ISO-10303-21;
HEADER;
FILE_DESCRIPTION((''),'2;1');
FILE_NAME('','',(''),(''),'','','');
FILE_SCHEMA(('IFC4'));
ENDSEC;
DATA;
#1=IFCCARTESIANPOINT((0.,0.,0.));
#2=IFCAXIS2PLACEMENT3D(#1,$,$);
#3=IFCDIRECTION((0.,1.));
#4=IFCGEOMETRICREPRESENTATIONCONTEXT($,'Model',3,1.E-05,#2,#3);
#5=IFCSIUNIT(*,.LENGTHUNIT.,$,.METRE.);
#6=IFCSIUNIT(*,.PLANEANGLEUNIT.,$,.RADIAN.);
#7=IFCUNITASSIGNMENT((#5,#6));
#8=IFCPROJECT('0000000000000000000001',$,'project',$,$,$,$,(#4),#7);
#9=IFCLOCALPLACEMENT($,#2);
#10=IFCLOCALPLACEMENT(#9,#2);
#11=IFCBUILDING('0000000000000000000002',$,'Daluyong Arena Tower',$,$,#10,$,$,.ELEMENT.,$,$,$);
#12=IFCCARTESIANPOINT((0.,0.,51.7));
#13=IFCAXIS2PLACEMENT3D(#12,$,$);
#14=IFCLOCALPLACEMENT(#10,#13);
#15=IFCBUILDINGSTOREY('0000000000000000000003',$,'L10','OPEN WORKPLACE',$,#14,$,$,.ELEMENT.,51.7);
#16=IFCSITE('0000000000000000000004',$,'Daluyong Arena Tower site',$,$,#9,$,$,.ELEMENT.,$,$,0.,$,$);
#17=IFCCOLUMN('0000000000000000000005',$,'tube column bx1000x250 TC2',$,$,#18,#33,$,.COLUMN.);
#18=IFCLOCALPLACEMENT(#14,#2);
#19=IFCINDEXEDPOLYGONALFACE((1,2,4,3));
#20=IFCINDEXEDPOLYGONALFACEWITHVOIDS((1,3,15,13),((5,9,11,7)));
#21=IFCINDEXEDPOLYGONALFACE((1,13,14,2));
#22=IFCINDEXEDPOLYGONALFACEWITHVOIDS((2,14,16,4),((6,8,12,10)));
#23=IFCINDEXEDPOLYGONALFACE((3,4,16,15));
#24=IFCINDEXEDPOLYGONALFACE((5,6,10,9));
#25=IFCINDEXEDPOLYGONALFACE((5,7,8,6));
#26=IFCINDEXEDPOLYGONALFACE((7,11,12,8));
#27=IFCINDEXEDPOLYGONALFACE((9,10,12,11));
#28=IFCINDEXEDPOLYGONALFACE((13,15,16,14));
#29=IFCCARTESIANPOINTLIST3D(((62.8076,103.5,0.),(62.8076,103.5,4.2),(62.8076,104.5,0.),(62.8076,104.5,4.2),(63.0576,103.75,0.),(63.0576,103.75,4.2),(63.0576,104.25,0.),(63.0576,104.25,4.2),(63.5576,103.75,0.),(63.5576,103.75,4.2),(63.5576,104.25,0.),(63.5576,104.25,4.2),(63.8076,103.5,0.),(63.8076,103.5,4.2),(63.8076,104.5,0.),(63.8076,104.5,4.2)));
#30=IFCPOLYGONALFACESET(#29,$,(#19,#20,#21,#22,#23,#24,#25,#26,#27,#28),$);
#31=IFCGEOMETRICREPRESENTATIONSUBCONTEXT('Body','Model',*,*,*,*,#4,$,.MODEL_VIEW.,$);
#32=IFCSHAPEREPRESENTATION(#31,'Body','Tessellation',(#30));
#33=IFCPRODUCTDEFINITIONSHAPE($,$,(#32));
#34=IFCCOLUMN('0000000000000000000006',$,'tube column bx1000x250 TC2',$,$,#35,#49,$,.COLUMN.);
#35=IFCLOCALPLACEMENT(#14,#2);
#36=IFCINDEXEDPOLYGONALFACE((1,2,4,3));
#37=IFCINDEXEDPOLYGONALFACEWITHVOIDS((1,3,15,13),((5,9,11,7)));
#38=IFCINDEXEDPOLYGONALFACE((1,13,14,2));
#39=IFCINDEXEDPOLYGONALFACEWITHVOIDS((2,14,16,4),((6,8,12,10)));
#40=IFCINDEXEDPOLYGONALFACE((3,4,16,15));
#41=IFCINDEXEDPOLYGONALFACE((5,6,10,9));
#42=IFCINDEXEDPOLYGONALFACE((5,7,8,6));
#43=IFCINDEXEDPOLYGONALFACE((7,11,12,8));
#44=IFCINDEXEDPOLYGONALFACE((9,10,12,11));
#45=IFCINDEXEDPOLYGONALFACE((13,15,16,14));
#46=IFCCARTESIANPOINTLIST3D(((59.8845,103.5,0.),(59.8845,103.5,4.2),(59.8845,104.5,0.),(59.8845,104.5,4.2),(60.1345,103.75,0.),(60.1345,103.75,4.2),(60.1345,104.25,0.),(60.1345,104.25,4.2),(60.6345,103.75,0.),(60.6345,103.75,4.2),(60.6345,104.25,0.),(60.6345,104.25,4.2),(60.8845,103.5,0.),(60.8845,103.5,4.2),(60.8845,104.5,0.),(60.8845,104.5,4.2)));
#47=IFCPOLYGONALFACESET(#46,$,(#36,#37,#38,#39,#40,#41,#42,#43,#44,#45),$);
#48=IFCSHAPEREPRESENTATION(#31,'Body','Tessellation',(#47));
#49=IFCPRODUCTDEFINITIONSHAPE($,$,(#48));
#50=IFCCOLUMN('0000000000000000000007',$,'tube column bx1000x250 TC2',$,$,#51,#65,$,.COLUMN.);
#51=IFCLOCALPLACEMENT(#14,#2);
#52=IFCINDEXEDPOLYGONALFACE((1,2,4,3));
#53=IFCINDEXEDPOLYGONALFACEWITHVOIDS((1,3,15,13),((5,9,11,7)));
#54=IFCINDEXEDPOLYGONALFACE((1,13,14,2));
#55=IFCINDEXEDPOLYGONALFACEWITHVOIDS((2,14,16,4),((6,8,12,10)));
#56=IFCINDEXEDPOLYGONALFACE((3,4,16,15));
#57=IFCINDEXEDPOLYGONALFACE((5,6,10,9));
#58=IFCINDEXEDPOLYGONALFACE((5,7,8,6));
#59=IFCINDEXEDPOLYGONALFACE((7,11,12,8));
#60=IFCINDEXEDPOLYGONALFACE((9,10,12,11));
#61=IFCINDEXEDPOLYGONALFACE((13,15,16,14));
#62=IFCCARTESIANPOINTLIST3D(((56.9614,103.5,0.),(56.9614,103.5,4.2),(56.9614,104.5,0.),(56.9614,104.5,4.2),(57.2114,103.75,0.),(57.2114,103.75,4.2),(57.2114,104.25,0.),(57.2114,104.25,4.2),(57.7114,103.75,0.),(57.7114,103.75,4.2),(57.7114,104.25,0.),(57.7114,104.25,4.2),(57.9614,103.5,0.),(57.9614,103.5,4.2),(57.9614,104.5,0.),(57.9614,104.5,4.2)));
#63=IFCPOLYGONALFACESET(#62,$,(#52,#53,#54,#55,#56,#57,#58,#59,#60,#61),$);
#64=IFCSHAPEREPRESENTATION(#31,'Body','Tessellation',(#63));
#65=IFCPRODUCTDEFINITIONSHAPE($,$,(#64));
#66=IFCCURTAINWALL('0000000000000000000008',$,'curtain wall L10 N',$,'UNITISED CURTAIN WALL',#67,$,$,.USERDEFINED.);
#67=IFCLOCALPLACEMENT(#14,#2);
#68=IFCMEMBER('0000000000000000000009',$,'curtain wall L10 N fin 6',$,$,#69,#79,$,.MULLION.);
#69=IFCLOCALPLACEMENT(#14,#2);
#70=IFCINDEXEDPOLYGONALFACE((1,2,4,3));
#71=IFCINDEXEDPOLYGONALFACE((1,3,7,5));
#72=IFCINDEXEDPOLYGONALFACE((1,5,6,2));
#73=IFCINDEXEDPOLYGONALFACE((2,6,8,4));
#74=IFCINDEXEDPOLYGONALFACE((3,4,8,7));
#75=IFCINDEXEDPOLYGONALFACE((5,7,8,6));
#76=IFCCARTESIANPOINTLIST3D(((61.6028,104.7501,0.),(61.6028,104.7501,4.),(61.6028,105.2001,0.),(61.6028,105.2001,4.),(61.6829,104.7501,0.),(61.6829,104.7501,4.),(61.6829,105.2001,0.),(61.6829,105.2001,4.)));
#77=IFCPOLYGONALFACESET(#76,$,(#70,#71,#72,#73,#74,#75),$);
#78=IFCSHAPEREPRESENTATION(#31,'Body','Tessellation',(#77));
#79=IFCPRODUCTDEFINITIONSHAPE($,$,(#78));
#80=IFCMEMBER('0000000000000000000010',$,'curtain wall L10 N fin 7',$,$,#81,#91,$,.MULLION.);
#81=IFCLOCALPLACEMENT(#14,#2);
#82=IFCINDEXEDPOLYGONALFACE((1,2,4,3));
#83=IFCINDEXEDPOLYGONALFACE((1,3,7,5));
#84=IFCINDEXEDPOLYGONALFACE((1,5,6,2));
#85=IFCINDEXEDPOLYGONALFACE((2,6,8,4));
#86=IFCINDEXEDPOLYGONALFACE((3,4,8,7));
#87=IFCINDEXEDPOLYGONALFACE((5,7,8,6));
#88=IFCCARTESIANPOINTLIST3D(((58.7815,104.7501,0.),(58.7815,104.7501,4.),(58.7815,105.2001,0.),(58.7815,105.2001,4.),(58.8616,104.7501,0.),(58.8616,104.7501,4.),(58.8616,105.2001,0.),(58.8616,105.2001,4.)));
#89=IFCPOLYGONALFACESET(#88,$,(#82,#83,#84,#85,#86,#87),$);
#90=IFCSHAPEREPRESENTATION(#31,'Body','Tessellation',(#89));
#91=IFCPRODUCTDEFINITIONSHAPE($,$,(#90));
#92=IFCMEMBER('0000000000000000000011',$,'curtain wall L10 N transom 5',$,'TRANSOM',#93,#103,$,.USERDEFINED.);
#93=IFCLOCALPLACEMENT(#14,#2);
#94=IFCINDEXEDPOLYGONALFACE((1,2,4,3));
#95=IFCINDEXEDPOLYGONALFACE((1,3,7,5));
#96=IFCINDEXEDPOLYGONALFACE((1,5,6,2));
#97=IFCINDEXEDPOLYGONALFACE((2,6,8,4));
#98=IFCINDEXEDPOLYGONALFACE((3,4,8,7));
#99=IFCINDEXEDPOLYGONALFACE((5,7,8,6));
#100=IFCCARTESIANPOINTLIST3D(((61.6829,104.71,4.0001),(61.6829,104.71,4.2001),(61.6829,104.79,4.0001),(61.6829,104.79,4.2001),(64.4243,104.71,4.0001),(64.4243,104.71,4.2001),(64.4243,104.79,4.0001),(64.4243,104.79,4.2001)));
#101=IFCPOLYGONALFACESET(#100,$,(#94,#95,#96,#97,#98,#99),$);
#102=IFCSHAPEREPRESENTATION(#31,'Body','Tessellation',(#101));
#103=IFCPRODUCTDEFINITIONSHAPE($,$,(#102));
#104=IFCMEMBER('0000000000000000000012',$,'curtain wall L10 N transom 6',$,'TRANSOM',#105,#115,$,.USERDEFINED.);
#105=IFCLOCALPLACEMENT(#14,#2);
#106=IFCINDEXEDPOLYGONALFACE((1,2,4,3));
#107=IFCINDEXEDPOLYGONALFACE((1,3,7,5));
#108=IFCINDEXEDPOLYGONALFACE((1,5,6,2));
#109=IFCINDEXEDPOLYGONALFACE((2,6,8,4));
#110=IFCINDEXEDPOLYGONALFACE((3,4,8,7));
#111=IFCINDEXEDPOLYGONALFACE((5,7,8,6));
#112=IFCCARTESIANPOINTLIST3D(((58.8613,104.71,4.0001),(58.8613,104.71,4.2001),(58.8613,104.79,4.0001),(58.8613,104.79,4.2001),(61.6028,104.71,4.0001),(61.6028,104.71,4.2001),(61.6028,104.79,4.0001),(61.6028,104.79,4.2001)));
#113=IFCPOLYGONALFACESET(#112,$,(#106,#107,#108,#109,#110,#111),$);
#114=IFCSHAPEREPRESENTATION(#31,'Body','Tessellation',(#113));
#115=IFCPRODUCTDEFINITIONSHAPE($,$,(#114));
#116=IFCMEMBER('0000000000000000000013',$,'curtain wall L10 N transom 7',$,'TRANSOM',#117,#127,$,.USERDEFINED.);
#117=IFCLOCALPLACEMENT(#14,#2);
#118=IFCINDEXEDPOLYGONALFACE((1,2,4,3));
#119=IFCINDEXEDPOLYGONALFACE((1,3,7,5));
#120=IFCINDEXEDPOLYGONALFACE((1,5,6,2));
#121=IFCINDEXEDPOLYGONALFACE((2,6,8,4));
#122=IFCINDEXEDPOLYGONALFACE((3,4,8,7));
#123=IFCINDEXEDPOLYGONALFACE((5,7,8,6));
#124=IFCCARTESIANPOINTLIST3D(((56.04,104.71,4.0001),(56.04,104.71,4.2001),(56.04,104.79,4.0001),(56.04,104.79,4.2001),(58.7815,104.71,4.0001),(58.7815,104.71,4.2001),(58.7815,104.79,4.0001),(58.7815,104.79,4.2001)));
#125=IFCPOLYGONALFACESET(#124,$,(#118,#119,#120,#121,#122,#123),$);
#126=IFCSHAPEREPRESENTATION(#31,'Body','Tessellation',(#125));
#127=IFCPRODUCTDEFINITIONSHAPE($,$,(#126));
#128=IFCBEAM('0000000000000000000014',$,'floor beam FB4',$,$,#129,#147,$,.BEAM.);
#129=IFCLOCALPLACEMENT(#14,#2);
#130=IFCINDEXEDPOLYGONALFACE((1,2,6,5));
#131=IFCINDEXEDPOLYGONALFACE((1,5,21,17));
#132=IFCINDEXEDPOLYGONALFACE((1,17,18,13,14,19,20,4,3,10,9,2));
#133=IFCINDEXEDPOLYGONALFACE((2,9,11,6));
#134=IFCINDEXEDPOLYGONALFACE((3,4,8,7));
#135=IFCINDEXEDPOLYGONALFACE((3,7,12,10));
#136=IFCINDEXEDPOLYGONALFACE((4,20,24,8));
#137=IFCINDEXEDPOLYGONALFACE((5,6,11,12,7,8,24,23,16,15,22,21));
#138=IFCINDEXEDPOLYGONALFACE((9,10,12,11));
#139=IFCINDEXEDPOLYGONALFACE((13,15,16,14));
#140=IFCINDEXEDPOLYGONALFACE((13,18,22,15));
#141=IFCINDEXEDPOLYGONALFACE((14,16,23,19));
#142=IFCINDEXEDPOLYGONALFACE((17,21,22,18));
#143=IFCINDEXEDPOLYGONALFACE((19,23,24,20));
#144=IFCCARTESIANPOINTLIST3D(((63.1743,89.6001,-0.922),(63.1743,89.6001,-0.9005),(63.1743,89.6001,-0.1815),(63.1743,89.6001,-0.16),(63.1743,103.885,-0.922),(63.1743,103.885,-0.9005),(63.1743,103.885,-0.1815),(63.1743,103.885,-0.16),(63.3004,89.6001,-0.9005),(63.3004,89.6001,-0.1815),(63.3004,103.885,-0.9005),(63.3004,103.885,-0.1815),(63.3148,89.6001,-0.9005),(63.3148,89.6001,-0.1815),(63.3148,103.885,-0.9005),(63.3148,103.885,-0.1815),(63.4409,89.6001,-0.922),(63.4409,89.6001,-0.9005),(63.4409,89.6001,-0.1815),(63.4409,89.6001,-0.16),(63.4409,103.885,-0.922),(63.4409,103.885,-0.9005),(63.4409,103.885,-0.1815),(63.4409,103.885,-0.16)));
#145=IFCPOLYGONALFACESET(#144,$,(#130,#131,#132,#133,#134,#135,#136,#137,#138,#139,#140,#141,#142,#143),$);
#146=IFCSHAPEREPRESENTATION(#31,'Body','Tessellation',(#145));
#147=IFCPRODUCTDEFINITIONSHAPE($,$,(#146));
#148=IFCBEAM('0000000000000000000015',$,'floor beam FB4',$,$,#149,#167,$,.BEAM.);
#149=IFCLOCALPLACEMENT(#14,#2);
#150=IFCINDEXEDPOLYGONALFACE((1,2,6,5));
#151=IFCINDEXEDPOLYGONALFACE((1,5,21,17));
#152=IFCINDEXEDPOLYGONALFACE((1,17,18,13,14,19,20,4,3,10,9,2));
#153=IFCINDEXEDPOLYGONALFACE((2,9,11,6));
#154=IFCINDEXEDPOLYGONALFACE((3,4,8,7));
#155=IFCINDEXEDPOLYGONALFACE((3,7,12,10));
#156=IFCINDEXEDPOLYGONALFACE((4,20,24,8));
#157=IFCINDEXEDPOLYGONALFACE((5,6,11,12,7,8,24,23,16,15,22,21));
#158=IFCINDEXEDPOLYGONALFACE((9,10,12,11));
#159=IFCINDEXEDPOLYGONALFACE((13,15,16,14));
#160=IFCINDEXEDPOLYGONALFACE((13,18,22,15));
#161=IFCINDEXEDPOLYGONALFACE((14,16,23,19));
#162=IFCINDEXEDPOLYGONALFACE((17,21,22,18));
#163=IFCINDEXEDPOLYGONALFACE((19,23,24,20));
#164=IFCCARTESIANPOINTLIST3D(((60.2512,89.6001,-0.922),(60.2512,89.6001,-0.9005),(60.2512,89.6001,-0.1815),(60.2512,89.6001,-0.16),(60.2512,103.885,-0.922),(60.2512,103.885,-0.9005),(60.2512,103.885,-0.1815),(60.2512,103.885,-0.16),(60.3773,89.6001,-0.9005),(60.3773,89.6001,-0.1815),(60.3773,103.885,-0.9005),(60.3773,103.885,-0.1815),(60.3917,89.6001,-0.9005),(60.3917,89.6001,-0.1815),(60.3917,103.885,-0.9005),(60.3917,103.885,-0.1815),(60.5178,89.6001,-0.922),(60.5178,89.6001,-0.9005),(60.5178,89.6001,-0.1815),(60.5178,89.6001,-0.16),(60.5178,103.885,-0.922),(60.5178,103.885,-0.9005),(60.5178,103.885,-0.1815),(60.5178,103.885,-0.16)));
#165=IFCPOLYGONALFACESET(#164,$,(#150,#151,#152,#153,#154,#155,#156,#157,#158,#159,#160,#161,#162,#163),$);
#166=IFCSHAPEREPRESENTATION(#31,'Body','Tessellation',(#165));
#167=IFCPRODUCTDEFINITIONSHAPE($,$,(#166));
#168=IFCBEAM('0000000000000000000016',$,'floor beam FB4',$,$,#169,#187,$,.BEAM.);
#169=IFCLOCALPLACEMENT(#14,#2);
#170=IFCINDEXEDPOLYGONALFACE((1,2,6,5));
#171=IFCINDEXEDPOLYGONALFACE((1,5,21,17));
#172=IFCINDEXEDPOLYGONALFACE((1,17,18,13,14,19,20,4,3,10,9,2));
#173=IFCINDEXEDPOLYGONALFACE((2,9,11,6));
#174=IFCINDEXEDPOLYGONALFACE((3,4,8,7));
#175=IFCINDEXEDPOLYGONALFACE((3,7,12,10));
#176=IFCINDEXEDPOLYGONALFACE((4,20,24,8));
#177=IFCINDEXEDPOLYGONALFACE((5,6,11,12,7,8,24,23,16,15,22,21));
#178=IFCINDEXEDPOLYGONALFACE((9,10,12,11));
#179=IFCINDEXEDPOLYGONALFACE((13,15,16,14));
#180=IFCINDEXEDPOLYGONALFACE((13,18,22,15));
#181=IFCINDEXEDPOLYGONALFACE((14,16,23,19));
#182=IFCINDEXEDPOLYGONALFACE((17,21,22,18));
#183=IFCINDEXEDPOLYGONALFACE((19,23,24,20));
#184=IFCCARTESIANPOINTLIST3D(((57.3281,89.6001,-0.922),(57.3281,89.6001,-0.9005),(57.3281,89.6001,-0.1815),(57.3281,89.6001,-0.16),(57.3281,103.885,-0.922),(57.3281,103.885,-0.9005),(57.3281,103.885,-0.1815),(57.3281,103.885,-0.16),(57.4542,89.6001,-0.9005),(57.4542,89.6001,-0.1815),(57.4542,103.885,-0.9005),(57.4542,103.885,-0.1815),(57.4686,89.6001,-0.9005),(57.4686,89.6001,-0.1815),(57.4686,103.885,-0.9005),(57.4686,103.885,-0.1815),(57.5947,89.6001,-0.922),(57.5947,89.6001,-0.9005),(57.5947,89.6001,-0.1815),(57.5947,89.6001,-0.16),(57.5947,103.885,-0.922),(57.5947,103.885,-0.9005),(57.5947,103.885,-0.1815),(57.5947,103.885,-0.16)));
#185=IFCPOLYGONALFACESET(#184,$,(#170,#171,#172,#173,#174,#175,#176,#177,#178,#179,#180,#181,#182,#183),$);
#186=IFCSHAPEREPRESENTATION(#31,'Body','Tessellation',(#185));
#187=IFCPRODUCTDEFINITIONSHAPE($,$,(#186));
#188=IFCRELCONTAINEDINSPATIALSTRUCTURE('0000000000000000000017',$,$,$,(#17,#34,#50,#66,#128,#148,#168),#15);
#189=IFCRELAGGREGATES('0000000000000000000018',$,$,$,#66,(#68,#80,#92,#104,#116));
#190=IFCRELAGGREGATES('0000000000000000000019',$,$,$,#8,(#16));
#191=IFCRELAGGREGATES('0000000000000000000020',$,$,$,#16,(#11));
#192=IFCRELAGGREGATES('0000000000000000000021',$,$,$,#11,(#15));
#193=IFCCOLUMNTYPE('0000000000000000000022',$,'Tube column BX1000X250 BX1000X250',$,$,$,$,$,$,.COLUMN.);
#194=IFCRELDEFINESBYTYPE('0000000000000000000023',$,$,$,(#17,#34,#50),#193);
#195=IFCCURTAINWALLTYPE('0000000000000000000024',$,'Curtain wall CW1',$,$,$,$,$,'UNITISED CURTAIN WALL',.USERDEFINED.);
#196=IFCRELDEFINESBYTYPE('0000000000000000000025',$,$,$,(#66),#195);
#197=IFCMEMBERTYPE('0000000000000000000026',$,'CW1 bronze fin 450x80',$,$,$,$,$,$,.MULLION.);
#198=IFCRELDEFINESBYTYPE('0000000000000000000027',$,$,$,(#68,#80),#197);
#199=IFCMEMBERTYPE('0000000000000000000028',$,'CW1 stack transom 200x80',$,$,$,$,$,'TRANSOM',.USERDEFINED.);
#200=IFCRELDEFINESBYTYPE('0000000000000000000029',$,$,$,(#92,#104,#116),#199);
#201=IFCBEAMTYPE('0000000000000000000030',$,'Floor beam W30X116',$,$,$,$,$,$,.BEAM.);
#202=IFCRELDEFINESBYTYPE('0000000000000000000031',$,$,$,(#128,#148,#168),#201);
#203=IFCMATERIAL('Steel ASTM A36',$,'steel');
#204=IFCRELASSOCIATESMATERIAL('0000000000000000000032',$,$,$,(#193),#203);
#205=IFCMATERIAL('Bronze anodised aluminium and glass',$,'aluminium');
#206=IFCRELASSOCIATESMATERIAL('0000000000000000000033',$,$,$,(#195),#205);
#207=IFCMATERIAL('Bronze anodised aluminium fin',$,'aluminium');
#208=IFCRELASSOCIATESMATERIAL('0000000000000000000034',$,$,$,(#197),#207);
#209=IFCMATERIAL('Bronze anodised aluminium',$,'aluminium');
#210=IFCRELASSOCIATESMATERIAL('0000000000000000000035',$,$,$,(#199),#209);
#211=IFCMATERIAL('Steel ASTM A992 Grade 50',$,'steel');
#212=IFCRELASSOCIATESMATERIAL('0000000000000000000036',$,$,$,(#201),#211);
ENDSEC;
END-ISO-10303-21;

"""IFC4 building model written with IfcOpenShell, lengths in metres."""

from ifc_helpers import new_model, si_unit, direction, frame, origin, origin_2d, place, context, subcontext, project, spatial, rectangle, hollow_rectangle, i_section, extrude, material, material_profile, profile_set, type_object, element, aggregate, save


model = new_model("IFC4")

# Units and contexts
model_context = context("Model", 3, precision=1e-05, world=origin(), true_north=direction((0.0, 1.0)))
body_context = subcontext(model_context, "Body", "Model", "MODEL_VIEW")
ifc_project = project(units=[si_unit("LENGTHUNIT", "METRE"), si_unit("PLANEANGLEUNIT", "RADIAN")], contexts=[model_context])

# Site, building, storey
site_placement = place(None, origin())
site = spatial("IfcSite", under=ifc_project, at=site_placement, Name="Daluyong Arena Tower site", CompositionType="ELEMENT", RefElevation=0.0)
building_placement = place(site_placement, origin())
building = spatial("IfcBuilding", under=site, at=building_placement, Name="Daluyong Arena Tower", CompositionType="ELEMENT")
storey_placement = place(building_placement, frame((0.0, 0.0, 51.7)))
storey = spatial("IfcBuildingStorey", under=building, at=storey_placement, Name="L10", Description="OPEN WORKPLACE", CompositionType="ELEMENT", Elevation=51.7)

# Columns
ifc_material_1 = material(Name="Steel ASTM A36", Category="steel")
ifc_material_profile_1 = material_profile(ifc_material_1, hollow_rectangle(XDim=1.0, YDim=1.0, WallThickness=0.25, at=origin_2d()))
ifc_profile_set_1 = profile_set([ifc_material_profile_1], Name="Steel ASTM A36")
column_type = type_object("IfcColumnType", Name="Tube column BX1000X250 BX1000X250", PredefinedType="COLUMN", material=ifc_profile_set_1)
for number, where, z_axis, x_axis, name in (
    (1, (63.3076, 104.0, 0.0), (0.0, 0.0, 1.0), (1.0, 0.0, 0.0), "tube column bx1000x250 TC2"),
    (2, (60.3845, 104.0, 0.0), (0.0, 0.0, 1.0), (1.0, 0.0, 0.0), "tube column bx1000x250 TC2"),
    (3, (57.4614, 104.0, 0.0), (0.0, 0.0, 1.0), (1.0, 0.0, 0.0), "tube column bx1000x250 TC2"),
):
    element("IfcColumn", number, at=place(storey_placement, frame(where, z_axis=z_axis, x_axis=x_axis)), inside=storey, type_object=column_type, Name=name, PredefinedType="COLUMN", context=body_context, shape_type="SweptSolid", body=[
        extrude(hollow_rectangle(XDim=1.0, YDim=1.0, WallThickness=0.25, at=origin_2d()), origin(), (0.0, 0.0, 1.0), 4.2),
    ])

# Curtain wall, members
ifc_material_2 = material(Name="Bronze anodised aluminium and glass", Category="aluminium")
curtain_wall_type = type_object("IfcCurtainWallType", Name="Curtain wall CW1", ElementType="UNITISED CURTAIN WALL", PredefinedType="USERDEFINED", material=ifc_material_2)
curtain_wall_placement = place(storey_placement, origin())
curtain_wall = element("IfcCurtainWall", 4, at=curtain_wall_placement, inside=storey, type_object=curtain_wall_type, Name="curtain wall L10 N", ObjectType="UNITISED CURTAIN WALL", PredefinedType="USERDEFINED")
ifc_material_3 = material(Name="Bronze anodised aluminium fin", Category="aluminium")
ifc_material_profile_2 = material_profile(ifc_material_3, rectangle(XDim=0.45, YDim=0.0801, at=origin_2d()))
ifc_profile_set_2 = profile_set([ifc_material_profile_2], Name="Bronze anodised aluminium fin")
member_type_1 = type_object("IfcMemberType", Name="CW1 bronze fin 450x80", PredefinedType="MULLION", material=ifc_profile_set_2)
member_1_placement = place(storey_placement, frame((61.6428, 104.9751, 0.0), z_axis=(0.0, 0.0, 1.0), x_axis=(0.0, -1.0, 0.0)))
member_1 = element("IfcMember", 5, at=member_1_placement, type_object=member_type_1, Name="curtain wall L10 N fin 6", PredefinedType="MULLION", context=body_context, shape_type="SweptSolid", body=[
    extrude(rectangle(XDim=0.45, YDim=0.0801, at=origin_2d()), origin(), (0.0, 0.0, 1.0), 4.0),
])
member_2_placement = place(storey_placement, frame((58.8215, 104.9751, 0.0), z_axis=(0.0, 0.0, 1.0), x_axis=(0.0, -1.0, 0.0)))
member_2 = element("IfcMember", 6, at=member_2_placement, type_object=member_type_1, Name="curtain wall L10 N fin 7", PredefinedType="MULLION", context=body_context, shape_type="SweptSolid", body=[
    extrude(rectangle(XDim=0.45, YDim=0.0801, at=origin_2d()), origin(), (0.0, 0.0, 1.0), 4.0),
])
ifc_material_4 = material(Name="Bronze anodised aluminium", Category="aluminium")
ifc_material_profile_3 = material_profile(ifc_material_4, rectangle(XDim=0.0801, YDim=0.2, at=origin_2d()))
ifc_profile_set_3 = profile_set([ifc_material_profile_3], Name="Bronze anodised aluminium")
member_type_2 = type_object("IfcMemberType", Name="CW1 stack transom 200x80", ElementType="TRANSOM", PredefinedType="USERDEFINED", material=ifc_profile_set_3)
member_3_placement = place(storey_placement, frame((64.4243, 104.75, 4.1001), z_axis=(-1.0, 0.0, 0.0), x_axis=(0.0, -1.0, 0.0)))
member_3 = element("IfcMember", 7, at=member_3_placement, type_object=member_type_2, Name="curtain wall L10 N transom 5", ObjectType="TRANSOM", PredefinedType="USERDEFINED", context=body_context, shape_type="SweptSolid", body=[
    extrude(rectangle(XDim=0.0801, YDim=0.2, at=origin_2d()), origin(), (0.0, 0.0, 1.0), 2.7415),
])
member_4_placement = place(storey_placement, frame((61.6028, 104.75, 4.1001), z_axis=(-1.0, 0.0, 0.0), x_axis=(0.0, -1.0, 0.0)))
member_4 = element("IfcMember", 8, at=member_4_placement, type_object=member_type_2, Name="curtain wall L10 N transom 6", ObjectType="TRANSOM", PredefinedType="USERDEFINED", context=body_context, shape_type="SweptSolid", body=[
    extrude(rectangle(XDim=0.0801, YDim=0.2, at=origin_2d()), origin(), (0.0, 0.0, 1.0), 2.7415),
])
member_5_placement = place(storey_placement, frame((58.7815, 104.75, 4.1001), z_axis=(-1.0, 0.0, 0.0), x_axis=(0.0, -1.0, 0.0)))
member_5 = element("IfcMember", 9, at=member_5_placement, type_object=member_type_2, Name="curtain wall L10 N transom 7", ObjectType="TRANSOM", PredefinedType="USERDEFINED", context=body_context, shape_type="SweptSolid", body=[
    extrude(rectangle(XDim=0.0801, YDim=0.2, at=origin_2d()), origin(), (0.0, 0.0, 1.0), 2.7415),
])

# Beams
ifc_material_5 = material(Name="Steel ASTM A992 Grade 50", Category="steel")
ifc_material_profile_4 = material_profile(ifc_material_5, i_section(OverallWidth=0.2666, OverallDepth=0.762, WebThickness=0.0144, FlangeThickness=0.0215, at=origin_2d()))
ifc_profile_set_4 = profile_set([ifc_material_profile_4], Name="Steel ASTM A992 Grade 50")
beam_type_1 = type_object("IfcBeamType", Name="Floor beam W30X116", PredefinedType="BEAM", material=ifc_profile_set_4)
for number, where, z_axis, x_axis, name in (
    (10, (63.3076, 103.885, -0.541), (0.0, -1.0, 0.0), (1.0, 0.0, 0.0), "floor beam FB4"),
    (11, (60.3845, 103.885, -0.541), (0.0, -1.0, 0.0), (1.0, 0.0, 0.0), "floor beam FB4"),
    (12, (57.4614, 103.885, -0.541), (0.0, -1.0, 0.0), (1.0, 0.0, 0.0), "floor beam FB4"),
):
    element("IfcBeam", number, at=place(storey_placement, frame(where, z_axis=z_axis, x_axis=x_axis)), inside=storey, type_object=beam_type_1, Name=name, PredefinedType="BEAM", context=body_context, shape_type="SweptSolid", body=[
        extrude(i_section(OverallWidth=0.2666, OverallDepth=0.762, WebThickness=0.0144, FlangeThickness=0.0215, at=origin_2d()), origin(), (0.0, 0.0, 1.0), 14.2849),
    ])

aggregate(curtain_wall, [member_1, member_2, member_3, member_4, member_5])

save(model, "model.ifc")
